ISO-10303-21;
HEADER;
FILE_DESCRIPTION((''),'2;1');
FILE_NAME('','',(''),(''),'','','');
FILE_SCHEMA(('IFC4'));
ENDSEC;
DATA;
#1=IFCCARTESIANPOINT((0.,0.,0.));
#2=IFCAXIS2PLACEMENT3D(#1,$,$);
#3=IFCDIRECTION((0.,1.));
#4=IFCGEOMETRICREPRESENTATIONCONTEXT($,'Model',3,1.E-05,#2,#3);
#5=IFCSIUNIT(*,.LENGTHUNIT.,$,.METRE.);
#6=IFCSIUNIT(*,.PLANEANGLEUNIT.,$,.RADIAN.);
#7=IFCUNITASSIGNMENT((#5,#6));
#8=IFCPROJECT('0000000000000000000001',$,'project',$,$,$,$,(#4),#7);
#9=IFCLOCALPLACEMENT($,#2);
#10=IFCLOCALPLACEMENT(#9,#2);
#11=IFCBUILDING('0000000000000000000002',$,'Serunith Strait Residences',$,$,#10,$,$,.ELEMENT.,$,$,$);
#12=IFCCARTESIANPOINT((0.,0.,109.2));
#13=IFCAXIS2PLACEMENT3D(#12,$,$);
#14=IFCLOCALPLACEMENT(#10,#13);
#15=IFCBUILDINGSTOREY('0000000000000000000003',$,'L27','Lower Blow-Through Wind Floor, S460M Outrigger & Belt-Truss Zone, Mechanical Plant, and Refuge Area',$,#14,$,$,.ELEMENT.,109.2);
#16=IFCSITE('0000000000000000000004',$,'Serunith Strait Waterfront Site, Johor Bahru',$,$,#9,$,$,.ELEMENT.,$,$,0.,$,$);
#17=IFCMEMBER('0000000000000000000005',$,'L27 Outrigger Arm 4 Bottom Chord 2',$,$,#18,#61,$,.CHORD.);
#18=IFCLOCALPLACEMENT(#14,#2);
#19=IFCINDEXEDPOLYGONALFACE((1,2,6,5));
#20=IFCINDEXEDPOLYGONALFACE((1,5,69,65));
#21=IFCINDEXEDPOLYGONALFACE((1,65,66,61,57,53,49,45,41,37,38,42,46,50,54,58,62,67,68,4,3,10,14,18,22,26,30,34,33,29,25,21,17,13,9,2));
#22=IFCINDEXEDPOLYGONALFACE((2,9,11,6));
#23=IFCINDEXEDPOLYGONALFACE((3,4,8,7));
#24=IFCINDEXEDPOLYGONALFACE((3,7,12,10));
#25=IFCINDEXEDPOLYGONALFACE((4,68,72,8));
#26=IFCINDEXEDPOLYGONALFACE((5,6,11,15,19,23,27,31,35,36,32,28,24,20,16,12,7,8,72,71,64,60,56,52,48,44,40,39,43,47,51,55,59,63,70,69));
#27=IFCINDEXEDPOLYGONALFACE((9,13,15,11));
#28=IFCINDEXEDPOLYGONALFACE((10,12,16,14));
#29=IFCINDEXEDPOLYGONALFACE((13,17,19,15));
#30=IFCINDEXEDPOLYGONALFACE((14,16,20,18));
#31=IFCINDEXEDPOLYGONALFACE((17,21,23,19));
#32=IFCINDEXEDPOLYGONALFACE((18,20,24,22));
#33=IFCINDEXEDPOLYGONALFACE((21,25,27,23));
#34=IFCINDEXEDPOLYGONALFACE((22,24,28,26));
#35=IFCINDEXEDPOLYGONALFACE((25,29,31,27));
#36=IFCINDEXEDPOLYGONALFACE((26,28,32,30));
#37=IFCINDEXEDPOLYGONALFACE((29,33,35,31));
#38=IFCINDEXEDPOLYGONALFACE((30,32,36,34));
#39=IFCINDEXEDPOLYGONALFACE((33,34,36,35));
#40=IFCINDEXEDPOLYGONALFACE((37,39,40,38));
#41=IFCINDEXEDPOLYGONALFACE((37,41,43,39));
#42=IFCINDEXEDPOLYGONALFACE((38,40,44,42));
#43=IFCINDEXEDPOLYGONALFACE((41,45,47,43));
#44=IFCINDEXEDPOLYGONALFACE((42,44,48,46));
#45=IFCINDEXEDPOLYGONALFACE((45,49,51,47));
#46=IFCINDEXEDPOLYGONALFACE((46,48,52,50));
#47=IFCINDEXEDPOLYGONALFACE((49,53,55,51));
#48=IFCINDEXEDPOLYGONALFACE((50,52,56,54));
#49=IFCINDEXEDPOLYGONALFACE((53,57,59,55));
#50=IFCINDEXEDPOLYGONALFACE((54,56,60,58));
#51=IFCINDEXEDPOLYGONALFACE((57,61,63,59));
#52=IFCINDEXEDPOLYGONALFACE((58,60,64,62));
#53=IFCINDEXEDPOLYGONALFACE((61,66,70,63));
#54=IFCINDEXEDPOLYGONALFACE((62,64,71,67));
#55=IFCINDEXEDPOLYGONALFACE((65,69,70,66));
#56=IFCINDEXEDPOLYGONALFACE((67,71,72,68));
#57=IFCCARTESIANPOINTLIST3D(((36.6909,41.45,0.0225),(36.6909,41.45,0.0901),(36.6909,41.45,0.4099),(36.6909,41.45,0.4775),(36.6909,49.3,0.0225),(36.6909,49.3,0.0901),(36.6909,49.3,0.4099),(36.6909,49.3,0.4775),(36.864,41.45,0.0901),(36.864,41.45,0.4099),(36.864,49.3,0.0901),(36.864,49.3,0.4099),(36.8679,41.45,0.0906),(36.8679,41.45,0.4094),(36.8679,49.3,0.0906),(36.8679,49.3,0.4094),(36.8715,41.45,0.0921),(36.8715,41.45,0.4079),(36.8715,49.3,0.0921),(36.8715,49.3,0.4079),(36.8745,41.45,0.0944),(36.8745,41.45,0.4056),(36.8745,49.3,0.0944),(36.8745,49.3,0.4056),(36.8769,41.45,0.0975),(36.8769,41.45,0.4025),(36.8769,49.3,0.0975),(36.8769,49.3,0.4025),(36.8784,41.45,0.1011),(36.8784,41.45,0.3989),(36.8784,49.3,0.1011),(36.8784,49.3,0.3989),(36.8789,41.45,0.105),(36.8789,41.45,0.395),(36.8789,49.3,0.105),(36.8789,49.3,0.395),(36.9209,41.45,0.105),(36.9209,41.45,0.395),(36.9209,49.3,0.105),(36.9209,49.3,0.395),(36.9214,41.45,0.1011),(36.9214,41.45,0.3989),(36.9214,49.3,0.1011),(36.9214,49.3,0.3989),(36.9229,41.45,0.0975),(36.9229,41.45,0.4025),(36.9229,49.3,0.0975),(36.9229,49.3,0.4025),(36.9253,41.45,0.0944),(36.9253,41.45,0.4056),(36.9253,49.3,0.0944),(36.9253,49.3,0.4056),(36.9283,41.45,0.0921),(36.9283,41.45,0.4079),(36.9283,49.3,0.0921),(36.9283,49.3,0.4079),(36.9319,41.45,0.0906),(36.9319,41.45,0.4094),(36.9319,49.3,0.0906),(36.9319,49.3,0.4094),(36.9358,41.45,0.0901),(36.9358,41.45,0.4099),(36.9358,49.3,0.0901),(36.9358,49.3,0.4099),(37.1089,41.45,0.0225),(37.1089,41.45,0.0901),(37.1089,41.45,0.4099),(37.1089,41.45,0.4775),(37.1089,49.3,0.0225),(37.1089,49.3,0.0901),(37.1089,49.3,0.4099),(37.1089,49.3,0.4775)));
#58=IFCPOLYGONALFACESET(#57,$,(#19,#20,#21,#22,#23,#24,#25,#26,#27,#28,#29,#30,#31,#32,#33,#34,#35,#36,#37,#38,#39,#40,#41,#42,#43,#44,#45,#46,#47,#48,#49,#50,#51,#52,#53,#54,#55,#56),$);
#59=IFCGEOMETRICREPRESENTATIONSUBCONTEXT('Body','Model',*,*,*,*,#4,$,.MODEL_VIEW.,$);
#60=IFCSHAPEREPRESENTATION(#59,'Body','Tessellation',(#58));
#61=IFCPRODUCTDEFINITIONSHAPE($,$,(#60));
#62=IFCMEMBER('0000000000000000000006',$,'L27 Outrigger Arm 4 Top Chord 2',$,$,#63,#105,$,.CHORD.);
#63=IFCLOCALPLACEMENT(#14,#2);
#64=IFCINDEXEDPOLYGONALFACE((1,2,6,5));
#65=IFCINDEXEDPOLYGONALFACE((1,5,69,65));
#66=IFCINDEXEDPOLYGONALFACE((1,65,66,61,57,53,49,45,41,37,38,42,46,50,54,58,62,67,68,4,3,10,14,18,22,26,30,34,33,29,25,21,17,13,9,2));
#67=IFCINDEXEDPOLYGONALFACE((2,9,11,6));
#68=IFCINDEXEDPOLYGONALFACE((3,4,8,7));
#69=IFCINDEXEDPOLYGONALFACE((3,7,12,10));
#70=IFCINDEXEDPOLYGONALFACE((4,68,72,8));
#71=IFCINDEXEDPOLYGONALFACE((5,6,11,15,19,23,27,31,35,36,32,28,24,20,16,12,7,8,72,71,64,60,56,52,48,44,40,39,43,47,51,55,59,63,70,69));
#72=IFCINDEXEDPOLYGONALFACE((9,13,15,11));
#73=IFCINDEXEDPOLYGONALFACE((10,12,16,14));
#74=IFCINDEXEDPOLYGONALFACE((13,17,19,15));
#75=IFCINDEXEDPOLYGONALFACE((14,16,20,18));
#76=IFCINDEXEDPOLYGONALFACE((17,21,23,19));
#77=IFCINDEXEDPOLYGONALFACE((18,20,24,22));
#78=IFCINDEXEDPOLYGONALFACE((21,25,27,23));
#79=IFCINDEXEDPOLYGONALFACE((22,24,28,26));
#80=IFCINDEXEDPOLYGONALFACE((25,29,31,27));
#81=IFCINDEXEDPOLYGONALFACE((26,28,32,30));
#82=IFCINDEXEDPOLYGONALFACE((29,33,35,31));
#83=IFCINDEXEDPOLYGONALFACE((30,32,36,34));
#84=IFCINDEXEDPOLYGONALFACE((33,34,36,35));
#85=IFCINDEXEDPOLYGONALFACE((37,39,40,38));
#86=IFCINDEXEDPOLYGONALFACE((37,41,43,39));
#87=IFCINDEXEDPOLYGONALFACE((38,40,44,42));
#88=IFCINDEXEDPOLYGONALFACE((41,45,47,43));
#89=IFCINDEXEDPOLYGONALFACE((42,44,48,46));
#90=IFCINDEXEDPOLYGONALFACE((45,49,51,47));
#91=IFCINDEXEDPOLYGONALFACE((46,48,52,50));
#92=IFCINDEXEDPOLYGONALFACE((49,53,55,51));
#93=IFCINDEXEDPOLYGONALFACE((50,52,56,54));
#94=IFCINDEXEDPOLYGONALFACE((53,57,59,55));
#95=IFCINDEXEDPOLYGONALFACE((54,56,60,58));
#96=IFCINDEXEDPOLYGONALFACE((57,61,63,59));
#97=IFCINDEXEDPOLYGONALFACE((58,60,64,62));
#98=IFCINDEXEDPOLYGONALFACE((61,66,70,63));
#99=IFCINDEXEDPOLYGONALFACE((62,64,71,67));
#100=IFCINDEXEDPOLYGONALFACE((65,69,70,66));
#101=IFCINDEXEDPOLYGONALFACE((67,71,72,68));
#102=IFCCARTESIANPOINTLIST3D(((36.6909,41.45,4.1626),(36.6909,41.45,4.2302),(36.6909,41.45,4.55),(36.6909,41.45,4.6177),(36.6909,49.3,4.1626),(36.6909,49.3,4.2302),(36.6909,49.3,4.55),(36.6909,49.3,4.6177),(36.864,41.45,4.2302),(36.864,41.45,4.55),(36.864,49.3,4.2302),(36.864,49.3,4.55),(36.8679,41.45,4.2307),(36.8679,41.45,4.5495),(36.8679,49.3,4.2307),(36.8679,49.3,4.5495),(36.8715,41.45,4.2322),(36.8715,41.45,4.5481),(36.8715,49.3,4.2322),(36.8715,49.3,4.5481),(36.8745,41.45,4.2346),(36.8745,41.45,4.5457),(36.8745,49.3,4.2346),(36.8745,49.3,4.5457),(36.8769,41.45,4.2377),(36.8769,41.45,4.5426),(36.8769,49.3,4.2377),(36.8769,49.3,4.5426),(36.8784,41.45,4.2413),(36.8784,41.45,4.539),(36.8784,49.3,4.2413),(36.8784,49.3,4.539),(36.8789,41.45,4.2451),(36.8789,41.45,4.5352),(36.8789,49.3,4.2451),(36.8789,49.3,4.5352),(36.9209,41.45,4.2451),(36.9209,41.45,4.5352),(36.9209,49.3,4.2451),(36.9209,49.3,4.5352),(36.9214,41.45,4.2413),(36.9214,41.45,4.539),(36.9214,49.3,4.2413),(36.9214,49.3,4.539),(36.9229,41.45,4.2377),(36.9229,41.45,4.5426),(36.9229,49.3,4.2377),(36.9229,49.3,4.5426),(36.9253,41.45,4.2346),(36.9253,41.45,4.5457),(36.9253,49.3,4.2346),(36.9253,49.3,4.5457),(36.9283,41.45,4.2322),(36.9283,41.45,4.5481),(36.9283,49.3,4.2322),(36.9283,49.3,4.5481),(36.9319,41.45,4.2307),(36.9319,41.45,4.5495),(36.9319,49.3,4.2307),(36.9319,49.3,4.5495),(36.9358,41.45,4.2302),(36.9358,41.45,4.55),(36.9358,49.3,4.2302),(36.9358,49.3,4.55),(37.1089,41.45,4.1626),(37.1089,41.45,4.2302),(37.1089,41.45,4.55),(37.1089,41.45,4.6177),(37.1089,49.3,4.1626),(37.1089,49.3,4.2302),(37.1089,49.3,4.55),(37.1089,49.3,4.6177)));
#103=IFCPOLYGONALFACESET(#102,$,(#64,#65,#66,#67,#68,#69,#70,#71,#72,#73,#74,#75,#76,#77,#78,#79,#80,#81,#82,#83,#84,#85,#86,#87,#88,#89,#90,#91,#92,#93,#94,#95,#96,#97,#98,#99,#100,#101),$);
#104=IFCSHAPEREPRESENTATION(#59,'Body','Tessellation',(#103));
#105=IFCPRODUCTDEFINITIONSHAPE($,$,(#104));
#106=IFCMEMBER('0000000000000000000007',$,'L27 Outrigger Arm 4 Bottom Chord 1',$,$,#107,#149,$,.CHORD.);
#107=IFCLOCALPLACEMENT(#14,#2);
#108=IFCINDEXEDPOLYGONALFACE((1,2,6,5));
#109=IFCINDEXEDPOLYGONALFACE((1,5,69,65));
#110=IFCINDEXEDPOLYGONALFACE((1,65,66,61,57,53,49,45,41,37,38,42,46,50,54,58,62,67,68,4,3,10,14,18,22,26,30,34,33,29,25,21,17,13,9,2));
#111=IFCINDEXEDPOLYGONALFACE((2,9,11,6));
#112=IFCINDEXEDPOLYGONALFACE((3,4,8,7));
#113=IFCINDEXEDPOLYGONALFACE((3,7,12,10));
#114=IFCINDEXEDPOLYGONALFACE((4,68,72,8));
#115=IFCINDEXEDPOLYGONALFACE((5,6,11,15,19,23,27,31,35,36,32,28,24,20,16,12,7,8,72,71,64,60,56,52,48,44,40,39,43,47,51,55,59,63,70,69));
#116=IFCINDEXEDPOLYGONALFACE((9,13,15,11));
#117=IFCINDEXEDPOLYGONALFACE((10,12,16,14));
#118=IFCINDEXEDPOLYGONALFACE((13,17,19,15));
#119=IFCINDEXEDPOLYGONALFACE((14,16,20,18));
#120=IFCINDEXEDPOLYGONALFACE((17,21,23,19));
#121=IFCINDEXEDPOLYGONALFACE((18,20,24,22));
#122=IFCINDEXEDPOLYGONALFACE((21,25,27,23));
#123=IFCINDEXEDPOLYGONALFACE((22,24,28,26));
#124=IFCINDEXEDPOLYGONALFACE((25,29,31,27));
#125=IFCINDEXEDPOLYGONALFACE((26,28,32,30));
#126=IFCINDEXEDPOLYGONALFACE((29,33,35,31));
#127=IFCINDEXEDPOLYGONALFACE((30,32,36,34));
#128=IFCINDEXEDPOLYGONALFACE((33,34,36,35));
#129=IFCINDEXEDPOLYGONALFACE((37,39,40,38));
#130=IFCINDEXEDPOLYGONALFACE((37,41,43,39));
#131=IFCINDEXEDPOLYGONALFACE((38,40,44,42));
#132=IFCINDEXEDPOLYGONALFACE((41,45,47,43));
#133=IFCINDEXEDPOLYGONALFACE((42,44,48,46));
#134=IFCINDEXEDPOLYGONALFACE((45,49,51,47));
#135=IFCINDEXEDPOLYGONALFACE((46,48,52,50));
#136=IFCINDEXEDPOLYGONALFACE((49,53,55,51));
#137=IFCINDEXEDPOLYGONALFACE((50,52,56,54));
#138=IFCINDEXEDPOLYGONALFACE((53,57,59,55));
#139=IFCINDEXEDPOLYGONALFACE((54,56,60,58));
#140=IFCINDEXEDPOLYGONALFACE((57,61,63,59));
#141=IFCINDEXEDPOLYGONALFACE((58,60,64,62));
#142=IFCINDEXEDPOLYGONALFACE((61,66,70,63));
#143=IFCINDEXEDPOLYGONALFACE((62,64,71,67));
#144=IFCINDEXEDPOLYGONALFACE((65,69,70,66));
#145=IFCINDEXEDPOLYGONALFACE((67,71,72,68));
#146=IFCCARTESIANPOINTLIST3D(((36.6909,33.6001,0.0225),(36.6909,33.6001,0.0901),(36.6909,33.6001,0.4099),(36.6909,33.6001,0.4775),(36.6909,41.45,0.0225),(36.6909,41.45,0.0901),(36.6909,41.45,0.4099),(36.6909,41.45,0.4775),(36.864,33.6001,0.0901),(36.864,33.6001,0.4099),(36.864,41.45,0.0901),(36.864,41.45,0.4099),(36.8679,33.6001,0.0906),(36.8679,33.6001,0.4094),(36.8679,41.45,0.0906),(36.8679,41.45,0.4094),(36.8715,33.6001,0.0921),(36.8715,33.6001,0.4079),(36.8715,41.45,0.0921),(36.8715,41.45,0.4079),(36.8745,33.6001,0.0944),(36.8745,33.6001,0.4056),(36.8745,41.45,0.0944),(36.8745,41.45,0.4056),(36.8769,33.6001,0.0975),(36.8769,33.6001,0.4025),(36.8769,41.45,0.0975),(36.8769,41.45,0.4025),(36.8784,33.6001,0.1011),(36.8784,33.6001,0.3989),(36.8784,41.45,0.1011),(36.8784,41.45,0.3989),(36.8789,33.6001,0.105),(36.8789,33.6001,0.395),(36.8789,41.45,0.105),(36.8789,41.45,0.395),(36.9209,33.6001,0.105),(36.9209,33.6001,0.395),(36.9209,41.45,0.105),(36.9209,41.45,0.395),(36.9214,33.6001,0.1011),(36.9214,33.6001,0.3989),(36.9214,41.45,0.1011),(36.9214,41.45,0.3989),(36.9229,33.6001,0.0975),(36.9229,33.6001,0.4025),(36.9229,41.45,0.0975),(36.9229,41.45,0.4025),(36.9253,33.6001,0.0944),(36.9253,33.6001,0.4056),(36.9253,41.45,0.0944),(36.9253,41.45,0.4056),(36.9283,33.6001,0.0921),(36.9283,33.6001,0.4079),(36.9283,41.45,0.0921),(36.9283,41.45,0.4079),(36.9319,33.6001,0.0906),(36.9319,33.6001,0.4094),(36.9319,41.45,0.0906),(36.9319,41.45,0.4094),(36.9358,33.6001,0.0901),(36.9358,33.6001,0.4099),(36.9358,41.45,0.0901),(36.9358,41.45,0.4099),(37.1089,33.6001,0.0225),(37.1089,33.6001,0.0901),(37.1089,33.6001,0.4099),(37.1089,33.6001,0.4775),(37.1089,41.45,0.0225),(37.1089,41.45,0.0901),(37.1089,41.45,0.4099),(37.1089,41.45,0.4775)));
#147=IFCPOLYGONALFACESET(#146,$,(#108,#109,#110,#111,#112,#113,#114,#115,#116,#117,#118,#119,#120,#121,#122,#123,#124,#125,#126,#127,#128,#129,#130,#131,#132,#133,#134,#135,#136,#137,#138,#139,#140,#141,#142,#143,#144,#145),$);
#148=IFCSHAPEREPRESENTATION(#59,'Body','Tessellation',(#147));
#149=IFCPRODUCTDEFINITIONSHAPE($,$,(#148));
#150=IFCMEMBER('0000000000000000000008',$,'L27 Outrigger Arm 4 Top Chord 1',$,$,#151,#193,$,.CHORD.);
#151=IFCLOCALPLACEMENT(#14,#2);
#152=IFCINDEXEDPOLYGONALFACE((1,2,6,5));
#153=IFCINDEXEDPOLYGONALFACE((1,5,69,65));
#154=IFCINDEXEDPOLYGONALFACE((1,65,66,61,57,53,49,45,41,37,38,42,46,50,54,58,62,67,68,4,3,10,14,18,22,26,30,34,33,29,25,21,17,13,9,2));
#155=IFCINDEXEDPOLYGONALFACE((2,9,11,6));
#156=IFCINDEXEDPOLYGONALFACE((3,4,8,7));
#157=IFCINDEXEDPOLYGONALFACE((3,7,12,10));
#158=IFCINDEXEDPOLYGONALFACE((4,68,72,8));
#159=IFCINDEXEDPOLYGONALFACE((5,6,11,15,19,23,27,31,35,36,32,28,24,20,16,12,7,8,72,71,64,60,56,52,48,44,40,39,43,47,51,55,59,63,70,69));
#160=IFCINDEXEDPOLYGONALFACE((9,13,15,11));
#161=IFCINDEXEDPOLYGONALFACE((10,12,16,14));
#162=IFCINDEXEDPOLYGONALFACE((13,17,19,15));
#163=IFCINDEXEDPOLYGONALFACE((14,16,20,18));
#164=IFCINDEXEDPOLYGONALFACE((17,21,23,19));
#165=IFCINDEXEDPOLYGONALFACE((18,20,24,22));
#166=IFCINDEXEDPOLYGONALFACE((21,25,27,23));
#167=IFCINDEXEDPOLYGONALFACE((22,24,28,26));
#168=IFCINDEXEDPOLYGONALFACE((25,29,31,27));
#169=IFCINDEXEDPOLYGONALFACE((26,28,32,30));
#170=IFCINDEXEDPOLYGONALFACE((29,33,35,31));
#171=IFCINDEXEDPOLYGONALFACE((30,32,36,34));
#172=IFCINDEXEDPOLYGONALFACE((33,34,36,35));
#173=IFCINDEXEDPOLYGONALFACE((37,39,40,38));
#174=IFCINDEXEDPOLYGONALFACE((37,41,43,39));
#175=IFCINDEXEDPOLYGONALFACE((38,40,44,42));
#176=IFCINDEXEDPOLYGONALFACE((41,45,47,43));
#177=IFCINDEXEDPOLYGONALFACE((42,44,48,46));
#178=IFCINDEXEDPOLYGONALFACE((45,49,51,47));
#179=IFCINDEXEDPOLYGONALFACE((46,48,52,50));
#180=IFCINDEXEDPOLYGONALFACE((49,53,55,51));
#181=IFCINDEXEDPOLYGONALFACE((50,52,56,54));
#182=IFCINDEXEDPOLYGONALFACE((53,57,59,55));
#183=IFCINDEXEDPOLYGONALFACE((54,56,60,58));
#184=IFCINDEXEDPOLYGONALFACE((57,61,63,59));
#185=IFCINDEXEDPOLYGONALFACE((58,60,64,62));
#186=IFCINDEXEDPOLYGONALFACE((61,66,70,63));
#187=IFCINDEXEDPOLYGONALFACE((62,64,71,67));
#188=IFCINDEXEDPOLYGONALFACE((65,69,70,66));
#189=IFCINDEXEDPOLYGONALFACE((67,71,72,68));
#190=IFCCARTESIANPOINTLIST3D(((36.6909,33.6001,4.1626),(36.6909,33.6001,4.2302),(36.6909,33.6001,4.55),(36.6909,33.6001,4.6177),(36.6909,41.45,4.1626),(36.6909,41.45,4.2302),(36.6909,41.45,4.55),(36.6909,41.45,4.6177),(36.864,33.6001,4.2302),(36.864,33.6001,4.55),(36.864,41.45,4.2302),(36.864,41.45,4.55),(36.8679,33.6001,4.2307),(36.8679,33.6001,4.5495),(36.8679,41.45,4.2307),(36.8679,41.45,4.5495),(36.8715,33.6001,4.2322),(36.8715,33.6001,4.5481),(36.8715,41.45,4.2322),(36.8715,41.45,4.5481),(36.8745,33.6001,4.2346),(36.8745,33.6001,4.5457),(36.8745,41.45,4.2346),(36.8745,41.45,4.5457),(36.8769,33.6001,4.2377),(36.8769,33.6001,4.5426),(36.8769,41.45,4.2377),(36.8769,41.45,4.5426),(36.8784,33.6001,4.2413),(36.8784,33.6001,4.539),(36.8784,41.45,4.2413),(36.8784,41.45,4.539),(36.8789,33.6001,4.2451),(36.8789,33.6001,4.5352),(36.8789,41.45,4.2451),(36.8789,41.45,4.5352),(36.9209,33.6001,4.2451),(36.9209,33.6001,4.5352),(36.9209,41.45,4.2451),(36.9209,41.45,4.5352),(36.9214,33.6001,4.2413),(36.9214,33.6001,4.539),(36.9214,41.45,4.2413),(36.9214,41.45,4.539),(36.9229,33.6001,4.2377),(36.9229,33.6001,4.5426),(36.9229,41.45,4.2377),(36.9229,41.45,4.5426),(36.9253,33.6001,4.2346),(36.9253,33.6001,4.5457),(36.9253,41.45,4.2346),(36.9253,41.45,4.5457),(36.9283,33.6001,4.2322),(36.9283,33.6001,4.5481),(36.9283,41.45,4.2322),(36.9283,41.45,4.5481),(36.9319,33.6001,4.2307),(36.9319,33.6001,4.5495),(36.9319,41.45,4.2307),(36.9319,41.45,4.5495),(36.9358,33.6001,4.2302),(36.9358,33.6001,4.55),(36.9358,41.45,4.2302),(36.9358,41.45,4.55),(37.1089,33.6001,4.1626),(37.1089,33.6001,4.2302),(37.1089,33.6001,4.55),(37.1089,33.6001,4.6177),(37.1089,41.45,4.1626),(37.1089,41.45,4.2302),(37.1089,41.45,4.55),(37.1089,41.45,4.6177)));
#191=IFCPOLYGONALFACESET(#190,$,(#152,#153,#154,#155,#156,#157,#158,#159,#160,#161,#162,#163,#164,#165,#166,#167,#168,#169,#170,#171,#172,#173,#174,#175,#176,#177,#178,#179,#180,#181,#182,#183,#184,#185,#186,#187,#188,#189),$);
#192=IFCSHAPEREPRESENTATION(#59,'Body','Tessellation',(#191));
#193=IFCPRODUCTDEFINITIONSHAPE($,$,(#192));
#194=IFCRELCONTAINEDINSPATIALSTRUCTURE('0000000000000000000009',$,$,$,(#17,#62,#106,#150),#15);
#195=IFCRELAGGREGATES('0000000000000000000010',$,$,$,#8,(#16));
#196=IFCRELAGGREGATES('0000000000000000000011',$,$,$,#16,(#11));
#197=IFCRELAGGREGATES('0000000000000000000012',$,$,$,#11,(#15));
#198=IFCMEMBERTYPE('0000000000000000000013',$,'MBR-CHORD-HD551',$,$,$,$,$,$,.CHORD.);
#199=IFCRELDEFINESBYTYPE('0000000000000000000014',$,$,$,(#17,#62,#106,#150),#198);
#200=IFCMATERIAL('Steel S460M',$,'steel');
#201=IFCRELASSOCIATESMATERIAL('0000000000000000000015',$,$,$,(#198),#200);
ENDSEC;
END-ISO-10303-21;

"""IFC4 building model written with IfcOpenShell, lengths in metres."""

from ifc_helpers import new_model, si_unit, direction, frame, origin, origin_2d, place, context, subcontext, project, spatial, i_section, extrude, source, transform, mapped, material, material_profile, profile_set, type_object, element, save


model = new_model("IFC4")

# Units and contexts
model_context = context("Model", 3, precision=1e-05, world=origin(), true_north=direction((0.0, 1.0)))
body_context = subcontext(model_context, "Body", "Model", "MODEL_VIEW")
ifc_project = project(units=[si_unit("LENGTHUNIT", "METRE"), si_unit("PLANEANGLEUNIT", "RADIAN")], contexts=[model_context])

# Site, building, storey
site_placement = place(None, origin())
site = spatial("IfcSite", under=ifc_project, at=site_placement, Name="Serunith Strait Waterfront Site, Johor Bahru", CompositionType="ELEMENT", RefElevation=0.0)
building_placement = place(site_placement, origin())
building = spatial("IfcBuilding", under=site, at=building_placement, Name="Serunith Strait Residences", CompositionType="ELEMENT")
storey_placement = place(building_placement, frame((0.0, 0.0, 109.2)))
storey = spatial("IfcBuildingStorey", under=building, at=storey_placement, Name="L27", Description="Lower Blow-Through Wind Floor, S460M Outrigger & Belt-Truss Zone, Mechanical Plant, and Refuge Area", CompositionType="ELEMENT", Elevation=109.2)

# Members
ifc_material_1 = material(Name="Steel S460M", Category="steel")
ifc_material_profile_1 = material_profile(ifc_material_1, i_section(OverallWidth=0.418, OverallDepth=0.4551, WebThickness=0.042, FlangeThickness=0.0676, FilletRadius=0.0149, at=origin_2d()), Name="HD 400x551")
ifc_profile_set_1 = profile_set([ifc_material_profile_1], Name="Steel S460M")
member_type_1 = type_object("IfcMemberType", Name="MBR-CHORD-HD551", PredefinedType="CHORD", material=ifc_profile_set_1)
shared_shape_1 = source(origin(), body_context, "Body", "SweptSolid", [
    extrude(i_section(OverallWidth=0.418, OverallDepth=0.4551, WebThickness=0.042, FlangeThickness=0.0676, FilletRadius=0.0149, at=origin_2d()), origin(), (0.0, 0.0, 1.0), 7.8501),
])
for number, where, z_axis, x_axis, name in (
    (1, (36.8999, 41.45, 0.25), (0.0, 1.0, 0.0), (-1.0, 0.0, 0.0), "L27 Outrigger Arm 4 Bottom Chord 2"),
    (2, (36.8999, 41.45, 4.3901), (0.0, 1.0, 0.0), (-1.0, 0.0, 0.0), "L27 Outrigger Arm 4 Top Chord 2"),
):
    element("IfcMember", number, at=place(storey_placement, frame(where, z_axis=z_axis, x_axis=x_axis)), inside=storey, type_object=member_type_1, Name=name, PredefinedType="CHORD", context=body_context, shape_type="MappedRepresentation", body=[
        mapped(shared_shape_1, transform((0.0, 0.0, 0.0), scale=1.0)),
    ])
shared_shape_2 = source(origin(), body_context, "Body", "SweptSolid", [
    extrude(i_section(OverallWidth=0.418, OverallDepth=0.4551, WebThickness=0.042, FlangeThickness=0.0676, FilletRadius=0.0149, at=origin_2d()), origin(), (0.0, 0.0, 1.0), 7.8499),
])
for number, where, z_axis, x_axis, name in (
    (3, (36.8999, 33.6001, 0.25), (0.0, 1.0, 0.0), (-1.0, 0.0, 0.0), "L27 Outrigger Arm 4 Bottom Chord 1"),
    (4, (36.8999, 33.6001, 4.3901), (0.0, 1.0, 0.0), (-1.0, 0.0, 0.0), "L27 Outrigger Arm 4 Top Chord 1"),
):
    element("IfcMember", number, at=place(storey_placement, frame(where, z_axis=z_axis, x_axis=x_axis)), inside=storey, type_object=member_type_1, Name=name, PredefinedType="CHORD", context=body_context, shape_type="MappedRepresentation", body=[
        mapped(shared_shape_2, transform((0.0, 0.0, 0.0), scale=1.0)),
    ])

save(model, "model.ifc")
